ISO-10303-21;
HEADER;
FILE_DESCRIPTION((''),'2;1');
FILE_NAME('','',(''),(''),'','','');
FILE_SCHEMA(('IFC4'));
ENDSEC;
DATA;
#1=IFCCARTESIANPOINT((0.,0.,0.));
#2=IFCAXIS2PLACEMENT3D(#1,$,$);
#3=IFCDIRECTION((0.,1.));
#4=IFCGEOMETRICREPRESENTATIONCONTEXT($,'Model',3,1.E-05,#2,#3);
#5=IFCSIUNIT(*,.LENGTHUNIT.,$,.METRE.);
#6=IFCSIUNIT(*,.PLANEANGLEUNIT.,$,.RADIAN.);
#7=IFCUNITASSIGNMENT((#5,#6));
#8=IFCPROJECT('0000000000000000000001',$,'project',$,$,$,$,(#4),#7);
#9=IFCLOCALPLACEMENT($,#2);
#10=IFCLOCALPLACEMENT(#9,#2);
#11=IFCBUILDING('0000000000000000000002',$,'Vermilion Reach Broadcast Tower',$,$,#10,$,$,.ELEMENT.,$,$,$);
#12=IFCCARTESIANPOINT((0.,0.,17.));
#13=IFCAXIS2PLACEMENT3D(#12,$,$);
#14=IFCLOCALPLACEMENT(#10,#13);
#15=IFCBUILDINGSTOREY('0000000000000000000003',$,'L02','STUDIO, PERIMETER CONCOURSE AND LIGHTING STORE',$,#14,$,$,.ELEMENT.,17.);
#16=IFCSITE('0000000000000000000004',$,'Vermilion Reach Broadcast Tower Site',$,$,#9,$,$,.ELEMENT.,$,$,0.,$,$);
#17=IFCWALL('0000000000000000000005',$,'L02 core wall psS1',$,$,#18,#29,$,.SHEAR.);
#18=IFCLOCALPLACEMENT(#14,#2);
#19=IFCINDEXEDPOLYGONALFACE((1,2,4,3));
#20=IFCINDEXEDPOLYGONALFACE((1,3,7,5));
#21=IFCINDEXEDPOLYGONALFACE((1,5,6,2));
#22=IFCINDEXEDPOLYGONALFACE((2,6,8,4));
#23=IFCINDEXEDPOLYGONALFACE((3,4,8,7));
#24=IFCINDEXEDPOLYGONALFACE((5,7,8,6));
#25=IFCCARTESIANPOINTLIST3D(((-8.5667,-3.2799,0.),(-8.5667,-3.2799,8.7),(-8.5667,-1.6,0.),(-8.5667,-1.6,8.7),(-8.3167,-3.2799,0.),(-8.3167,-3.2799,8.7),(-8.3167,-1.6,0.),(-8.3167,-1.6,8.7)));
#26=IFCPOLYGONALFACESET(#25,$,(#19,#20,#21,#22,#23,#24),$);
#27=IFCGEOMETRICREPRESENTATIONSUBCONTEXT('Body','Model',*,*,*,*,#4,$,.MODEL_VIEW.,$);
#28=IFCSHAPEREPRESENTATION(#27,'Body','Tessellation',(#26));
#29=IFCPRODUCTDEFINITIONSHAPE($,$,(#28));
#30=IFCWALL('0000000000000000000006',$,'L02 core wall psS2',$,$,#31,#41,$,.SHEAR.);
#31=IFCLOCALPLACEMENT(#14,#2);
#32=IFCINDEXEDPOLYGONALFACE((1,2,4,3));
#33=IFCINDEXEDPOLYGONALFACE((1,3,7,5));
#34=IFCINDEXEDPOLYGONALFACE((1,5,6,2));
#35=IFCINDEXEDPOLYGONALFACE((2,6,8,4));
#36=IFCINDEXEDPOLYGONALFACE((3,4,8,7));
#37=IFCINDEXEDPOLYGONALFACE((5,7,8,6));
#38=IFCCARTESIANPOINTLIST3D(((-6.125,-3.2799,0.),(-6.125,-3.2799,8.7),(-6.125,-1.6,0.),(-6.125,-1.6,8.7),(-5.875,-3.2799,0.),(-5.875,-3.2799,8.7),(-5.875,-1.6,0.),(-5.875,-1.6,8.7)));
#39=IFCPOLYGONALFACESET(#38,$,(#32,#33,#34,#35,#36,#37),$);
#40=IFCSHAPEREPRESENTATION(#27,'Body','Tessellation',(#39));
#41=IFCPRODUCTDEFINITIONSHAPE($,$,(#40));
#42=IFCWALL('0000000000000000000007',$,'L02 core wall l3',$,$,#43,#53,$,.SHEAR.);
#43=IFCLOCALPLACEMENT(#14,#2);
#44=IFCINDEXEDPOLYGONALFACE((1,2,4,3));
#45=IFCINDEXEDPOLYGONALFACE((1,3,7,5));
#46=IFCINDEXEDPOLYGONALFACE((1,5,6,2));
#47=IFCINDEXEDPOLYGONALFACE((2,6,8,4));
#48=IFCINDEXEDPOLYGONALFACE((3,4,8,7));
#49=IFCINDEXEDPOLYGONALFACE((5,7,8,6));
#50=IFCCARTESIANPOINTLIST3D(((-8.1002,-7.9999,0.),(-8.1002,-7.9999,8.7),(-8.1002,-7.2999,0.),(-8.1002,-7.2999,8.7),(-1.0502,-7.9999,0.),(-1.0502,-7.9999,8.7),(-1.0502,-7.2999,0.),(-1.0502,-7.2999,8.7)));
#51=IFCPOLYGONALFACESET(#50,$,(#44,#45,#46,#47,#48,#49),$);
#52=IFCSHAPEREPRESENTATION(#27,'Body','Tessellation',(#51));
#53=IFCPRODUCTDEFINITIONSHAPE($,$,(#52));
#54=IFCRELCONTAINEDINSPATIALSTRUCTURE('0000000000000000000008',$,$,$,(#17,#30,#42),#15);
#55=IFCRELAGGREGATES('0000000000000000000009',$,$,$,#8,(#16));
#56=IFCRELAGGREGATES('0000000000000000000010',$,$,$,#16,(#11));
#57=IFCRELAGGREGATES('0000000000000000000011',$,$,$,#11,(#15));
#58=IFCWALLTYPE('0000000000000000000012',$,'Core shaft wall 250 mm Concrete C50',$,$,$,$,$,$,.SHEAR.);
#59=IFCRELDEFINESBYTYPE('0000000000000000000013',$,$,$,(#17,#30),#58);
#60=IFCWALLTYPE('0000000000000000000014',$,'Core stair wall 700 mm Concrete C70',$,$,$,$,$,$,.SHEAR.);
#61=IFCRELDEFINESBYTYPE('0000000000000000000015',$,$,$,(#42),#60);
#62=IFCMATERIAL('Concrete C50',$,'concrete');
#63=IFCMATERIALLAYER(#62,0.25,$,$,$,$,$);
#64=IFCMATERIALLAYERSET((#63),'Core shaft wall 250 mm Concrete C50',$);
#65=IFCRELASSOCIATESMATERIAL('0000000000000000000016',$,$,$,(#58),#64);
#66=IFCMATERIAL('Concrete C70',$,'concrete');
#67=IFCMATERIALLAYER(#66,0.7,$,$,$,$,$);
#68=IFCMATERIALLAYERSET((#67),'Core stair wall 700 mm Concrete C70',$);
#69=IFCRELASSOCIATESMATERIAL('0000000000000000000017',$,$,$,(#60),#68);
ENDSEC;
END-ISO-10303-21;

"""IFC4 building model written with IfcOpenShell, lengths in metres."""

from ifc_helpers import new_model, si_unit, direction, frame, frame_2d, origin, place, context, subcontext, project, spatial, rectangle, extrude, material, layer, layer_set, type_object, element, save


model = new_model("IFC4")

# Units and contexts
model_context = context("Model", 3, precision=1e-05, world=origin(), true_north=direction((0.0, 1.0)))
body_context = subcontext(model_context, "Body", "Model", "MODEL_VIEW")
ifc_project = project(units=[si_unit("LENGTHUNIT", "METRE"), si_unit("PLANEANGLEUNIT", "RADIAN")], contexts=[model_context])

# Site, building, storey
site_placement = place(None, origin())
site = spatial("IfcSite", under=ifc_project, at=site_placement, Name="Vermilion Reach Broadcast Tower Site", CompositionType="ELEMENT", RefElevation=0.0)
building_placement = place(site_placement, origin())
building = spatial("IfcBuilding", under=site, at=building_placement, Name="Vermilion Reach Broadcast Tower", CompositionType="ELEMENT")
storey_placement = place(building_placement, frame((0.0, 0.0, 17.0)))
storey = spatial("IfcBuildingStorey", under=building, at=storey_placement, Name="L02", Description="STUDIO, PERIMETER CONCOURSE AND LIGHTING STORE", CompositionType="ELEMENT", Elevation=17.0)

# Walls
ifc_material_1 = material(Name="Concrete C50", Category="concrete")
ifc_layer_1 = layer(ifc_material_1, 0.25)
ifc_layer_set_1 = layer_set([ifc_layer_1], Name="Core shaft wall 250 mm Concrete C50")
wall_type_1 = type_object("IfcWallType", Name="Core shaft wall 250 mm Concrete C50", PredefinedType="SHEAR", material=ifc_layer_set_1)
for number, where, z_axis, x_axis, name in (
    (1, (-8.4417, -1.6001, 0.0), (0.0, 0.0, 1.0), (0.0, -1.0, 0.0), "L02 core wall psS1"),
    (2, (-6.0, -1.6001, 0.0), (0.0, 0.0, 1.0), (0.0, -1.0, 0.0), "L02 core wall psS2"),
):
    element("IfcWall", number, at=place(storey_placement, frame(where, z_axis=z_axis, x_axis=x_axis)), inside=storey, type_object=wall_type_1, Name=name, PredefinedType="SHEAR", context=body_context, shape_type="SweptSolid", body=[
        extrude(rectangle(XDim=1.6799, YDim=0.25, at=frame_2d((0.8398, 0.0))), origin(), (0.0, 0.0, 1.0), 8.7),
    ])
ifc_material_2 = material(Name="Concrete C70", Category="concrete")
ifc_layer_2 = layer(ifc_material_2, 0.7)
ifc_layer_set_2 = layer_set([ifc_layer_2], Name="Core stair wall 700 mm Concrete C70")
wall_type_2 = type_object("IfcWallType", Name="Core stair wall 700 mm Concrete C70", PredefinedType="SHEAR", material=ifc_layer_set_2)
wall_1_placement = place(storey_placement, frame((-8.1001, -7.6499, 0.0), z_axis=(0.0, 0.0, 1.0), x_axis=(1.0, 0.0, 0.0)))
element("IfcWall", 3, at=wall_1_placement, inside=storey, type_object=wall_type_2, Name="L02 core wall l3", PredefinedType="SHEAR", context=body_context, shape_type="SweptSolid", body=[
    extrude(rectangle(XDim=7.05, YDim=0.7, at=frame_2d((3.5249, 0.0))), origin(), (0.0, 0.0, 1.0), 8.7),
])

save(model, "model.ifc")
